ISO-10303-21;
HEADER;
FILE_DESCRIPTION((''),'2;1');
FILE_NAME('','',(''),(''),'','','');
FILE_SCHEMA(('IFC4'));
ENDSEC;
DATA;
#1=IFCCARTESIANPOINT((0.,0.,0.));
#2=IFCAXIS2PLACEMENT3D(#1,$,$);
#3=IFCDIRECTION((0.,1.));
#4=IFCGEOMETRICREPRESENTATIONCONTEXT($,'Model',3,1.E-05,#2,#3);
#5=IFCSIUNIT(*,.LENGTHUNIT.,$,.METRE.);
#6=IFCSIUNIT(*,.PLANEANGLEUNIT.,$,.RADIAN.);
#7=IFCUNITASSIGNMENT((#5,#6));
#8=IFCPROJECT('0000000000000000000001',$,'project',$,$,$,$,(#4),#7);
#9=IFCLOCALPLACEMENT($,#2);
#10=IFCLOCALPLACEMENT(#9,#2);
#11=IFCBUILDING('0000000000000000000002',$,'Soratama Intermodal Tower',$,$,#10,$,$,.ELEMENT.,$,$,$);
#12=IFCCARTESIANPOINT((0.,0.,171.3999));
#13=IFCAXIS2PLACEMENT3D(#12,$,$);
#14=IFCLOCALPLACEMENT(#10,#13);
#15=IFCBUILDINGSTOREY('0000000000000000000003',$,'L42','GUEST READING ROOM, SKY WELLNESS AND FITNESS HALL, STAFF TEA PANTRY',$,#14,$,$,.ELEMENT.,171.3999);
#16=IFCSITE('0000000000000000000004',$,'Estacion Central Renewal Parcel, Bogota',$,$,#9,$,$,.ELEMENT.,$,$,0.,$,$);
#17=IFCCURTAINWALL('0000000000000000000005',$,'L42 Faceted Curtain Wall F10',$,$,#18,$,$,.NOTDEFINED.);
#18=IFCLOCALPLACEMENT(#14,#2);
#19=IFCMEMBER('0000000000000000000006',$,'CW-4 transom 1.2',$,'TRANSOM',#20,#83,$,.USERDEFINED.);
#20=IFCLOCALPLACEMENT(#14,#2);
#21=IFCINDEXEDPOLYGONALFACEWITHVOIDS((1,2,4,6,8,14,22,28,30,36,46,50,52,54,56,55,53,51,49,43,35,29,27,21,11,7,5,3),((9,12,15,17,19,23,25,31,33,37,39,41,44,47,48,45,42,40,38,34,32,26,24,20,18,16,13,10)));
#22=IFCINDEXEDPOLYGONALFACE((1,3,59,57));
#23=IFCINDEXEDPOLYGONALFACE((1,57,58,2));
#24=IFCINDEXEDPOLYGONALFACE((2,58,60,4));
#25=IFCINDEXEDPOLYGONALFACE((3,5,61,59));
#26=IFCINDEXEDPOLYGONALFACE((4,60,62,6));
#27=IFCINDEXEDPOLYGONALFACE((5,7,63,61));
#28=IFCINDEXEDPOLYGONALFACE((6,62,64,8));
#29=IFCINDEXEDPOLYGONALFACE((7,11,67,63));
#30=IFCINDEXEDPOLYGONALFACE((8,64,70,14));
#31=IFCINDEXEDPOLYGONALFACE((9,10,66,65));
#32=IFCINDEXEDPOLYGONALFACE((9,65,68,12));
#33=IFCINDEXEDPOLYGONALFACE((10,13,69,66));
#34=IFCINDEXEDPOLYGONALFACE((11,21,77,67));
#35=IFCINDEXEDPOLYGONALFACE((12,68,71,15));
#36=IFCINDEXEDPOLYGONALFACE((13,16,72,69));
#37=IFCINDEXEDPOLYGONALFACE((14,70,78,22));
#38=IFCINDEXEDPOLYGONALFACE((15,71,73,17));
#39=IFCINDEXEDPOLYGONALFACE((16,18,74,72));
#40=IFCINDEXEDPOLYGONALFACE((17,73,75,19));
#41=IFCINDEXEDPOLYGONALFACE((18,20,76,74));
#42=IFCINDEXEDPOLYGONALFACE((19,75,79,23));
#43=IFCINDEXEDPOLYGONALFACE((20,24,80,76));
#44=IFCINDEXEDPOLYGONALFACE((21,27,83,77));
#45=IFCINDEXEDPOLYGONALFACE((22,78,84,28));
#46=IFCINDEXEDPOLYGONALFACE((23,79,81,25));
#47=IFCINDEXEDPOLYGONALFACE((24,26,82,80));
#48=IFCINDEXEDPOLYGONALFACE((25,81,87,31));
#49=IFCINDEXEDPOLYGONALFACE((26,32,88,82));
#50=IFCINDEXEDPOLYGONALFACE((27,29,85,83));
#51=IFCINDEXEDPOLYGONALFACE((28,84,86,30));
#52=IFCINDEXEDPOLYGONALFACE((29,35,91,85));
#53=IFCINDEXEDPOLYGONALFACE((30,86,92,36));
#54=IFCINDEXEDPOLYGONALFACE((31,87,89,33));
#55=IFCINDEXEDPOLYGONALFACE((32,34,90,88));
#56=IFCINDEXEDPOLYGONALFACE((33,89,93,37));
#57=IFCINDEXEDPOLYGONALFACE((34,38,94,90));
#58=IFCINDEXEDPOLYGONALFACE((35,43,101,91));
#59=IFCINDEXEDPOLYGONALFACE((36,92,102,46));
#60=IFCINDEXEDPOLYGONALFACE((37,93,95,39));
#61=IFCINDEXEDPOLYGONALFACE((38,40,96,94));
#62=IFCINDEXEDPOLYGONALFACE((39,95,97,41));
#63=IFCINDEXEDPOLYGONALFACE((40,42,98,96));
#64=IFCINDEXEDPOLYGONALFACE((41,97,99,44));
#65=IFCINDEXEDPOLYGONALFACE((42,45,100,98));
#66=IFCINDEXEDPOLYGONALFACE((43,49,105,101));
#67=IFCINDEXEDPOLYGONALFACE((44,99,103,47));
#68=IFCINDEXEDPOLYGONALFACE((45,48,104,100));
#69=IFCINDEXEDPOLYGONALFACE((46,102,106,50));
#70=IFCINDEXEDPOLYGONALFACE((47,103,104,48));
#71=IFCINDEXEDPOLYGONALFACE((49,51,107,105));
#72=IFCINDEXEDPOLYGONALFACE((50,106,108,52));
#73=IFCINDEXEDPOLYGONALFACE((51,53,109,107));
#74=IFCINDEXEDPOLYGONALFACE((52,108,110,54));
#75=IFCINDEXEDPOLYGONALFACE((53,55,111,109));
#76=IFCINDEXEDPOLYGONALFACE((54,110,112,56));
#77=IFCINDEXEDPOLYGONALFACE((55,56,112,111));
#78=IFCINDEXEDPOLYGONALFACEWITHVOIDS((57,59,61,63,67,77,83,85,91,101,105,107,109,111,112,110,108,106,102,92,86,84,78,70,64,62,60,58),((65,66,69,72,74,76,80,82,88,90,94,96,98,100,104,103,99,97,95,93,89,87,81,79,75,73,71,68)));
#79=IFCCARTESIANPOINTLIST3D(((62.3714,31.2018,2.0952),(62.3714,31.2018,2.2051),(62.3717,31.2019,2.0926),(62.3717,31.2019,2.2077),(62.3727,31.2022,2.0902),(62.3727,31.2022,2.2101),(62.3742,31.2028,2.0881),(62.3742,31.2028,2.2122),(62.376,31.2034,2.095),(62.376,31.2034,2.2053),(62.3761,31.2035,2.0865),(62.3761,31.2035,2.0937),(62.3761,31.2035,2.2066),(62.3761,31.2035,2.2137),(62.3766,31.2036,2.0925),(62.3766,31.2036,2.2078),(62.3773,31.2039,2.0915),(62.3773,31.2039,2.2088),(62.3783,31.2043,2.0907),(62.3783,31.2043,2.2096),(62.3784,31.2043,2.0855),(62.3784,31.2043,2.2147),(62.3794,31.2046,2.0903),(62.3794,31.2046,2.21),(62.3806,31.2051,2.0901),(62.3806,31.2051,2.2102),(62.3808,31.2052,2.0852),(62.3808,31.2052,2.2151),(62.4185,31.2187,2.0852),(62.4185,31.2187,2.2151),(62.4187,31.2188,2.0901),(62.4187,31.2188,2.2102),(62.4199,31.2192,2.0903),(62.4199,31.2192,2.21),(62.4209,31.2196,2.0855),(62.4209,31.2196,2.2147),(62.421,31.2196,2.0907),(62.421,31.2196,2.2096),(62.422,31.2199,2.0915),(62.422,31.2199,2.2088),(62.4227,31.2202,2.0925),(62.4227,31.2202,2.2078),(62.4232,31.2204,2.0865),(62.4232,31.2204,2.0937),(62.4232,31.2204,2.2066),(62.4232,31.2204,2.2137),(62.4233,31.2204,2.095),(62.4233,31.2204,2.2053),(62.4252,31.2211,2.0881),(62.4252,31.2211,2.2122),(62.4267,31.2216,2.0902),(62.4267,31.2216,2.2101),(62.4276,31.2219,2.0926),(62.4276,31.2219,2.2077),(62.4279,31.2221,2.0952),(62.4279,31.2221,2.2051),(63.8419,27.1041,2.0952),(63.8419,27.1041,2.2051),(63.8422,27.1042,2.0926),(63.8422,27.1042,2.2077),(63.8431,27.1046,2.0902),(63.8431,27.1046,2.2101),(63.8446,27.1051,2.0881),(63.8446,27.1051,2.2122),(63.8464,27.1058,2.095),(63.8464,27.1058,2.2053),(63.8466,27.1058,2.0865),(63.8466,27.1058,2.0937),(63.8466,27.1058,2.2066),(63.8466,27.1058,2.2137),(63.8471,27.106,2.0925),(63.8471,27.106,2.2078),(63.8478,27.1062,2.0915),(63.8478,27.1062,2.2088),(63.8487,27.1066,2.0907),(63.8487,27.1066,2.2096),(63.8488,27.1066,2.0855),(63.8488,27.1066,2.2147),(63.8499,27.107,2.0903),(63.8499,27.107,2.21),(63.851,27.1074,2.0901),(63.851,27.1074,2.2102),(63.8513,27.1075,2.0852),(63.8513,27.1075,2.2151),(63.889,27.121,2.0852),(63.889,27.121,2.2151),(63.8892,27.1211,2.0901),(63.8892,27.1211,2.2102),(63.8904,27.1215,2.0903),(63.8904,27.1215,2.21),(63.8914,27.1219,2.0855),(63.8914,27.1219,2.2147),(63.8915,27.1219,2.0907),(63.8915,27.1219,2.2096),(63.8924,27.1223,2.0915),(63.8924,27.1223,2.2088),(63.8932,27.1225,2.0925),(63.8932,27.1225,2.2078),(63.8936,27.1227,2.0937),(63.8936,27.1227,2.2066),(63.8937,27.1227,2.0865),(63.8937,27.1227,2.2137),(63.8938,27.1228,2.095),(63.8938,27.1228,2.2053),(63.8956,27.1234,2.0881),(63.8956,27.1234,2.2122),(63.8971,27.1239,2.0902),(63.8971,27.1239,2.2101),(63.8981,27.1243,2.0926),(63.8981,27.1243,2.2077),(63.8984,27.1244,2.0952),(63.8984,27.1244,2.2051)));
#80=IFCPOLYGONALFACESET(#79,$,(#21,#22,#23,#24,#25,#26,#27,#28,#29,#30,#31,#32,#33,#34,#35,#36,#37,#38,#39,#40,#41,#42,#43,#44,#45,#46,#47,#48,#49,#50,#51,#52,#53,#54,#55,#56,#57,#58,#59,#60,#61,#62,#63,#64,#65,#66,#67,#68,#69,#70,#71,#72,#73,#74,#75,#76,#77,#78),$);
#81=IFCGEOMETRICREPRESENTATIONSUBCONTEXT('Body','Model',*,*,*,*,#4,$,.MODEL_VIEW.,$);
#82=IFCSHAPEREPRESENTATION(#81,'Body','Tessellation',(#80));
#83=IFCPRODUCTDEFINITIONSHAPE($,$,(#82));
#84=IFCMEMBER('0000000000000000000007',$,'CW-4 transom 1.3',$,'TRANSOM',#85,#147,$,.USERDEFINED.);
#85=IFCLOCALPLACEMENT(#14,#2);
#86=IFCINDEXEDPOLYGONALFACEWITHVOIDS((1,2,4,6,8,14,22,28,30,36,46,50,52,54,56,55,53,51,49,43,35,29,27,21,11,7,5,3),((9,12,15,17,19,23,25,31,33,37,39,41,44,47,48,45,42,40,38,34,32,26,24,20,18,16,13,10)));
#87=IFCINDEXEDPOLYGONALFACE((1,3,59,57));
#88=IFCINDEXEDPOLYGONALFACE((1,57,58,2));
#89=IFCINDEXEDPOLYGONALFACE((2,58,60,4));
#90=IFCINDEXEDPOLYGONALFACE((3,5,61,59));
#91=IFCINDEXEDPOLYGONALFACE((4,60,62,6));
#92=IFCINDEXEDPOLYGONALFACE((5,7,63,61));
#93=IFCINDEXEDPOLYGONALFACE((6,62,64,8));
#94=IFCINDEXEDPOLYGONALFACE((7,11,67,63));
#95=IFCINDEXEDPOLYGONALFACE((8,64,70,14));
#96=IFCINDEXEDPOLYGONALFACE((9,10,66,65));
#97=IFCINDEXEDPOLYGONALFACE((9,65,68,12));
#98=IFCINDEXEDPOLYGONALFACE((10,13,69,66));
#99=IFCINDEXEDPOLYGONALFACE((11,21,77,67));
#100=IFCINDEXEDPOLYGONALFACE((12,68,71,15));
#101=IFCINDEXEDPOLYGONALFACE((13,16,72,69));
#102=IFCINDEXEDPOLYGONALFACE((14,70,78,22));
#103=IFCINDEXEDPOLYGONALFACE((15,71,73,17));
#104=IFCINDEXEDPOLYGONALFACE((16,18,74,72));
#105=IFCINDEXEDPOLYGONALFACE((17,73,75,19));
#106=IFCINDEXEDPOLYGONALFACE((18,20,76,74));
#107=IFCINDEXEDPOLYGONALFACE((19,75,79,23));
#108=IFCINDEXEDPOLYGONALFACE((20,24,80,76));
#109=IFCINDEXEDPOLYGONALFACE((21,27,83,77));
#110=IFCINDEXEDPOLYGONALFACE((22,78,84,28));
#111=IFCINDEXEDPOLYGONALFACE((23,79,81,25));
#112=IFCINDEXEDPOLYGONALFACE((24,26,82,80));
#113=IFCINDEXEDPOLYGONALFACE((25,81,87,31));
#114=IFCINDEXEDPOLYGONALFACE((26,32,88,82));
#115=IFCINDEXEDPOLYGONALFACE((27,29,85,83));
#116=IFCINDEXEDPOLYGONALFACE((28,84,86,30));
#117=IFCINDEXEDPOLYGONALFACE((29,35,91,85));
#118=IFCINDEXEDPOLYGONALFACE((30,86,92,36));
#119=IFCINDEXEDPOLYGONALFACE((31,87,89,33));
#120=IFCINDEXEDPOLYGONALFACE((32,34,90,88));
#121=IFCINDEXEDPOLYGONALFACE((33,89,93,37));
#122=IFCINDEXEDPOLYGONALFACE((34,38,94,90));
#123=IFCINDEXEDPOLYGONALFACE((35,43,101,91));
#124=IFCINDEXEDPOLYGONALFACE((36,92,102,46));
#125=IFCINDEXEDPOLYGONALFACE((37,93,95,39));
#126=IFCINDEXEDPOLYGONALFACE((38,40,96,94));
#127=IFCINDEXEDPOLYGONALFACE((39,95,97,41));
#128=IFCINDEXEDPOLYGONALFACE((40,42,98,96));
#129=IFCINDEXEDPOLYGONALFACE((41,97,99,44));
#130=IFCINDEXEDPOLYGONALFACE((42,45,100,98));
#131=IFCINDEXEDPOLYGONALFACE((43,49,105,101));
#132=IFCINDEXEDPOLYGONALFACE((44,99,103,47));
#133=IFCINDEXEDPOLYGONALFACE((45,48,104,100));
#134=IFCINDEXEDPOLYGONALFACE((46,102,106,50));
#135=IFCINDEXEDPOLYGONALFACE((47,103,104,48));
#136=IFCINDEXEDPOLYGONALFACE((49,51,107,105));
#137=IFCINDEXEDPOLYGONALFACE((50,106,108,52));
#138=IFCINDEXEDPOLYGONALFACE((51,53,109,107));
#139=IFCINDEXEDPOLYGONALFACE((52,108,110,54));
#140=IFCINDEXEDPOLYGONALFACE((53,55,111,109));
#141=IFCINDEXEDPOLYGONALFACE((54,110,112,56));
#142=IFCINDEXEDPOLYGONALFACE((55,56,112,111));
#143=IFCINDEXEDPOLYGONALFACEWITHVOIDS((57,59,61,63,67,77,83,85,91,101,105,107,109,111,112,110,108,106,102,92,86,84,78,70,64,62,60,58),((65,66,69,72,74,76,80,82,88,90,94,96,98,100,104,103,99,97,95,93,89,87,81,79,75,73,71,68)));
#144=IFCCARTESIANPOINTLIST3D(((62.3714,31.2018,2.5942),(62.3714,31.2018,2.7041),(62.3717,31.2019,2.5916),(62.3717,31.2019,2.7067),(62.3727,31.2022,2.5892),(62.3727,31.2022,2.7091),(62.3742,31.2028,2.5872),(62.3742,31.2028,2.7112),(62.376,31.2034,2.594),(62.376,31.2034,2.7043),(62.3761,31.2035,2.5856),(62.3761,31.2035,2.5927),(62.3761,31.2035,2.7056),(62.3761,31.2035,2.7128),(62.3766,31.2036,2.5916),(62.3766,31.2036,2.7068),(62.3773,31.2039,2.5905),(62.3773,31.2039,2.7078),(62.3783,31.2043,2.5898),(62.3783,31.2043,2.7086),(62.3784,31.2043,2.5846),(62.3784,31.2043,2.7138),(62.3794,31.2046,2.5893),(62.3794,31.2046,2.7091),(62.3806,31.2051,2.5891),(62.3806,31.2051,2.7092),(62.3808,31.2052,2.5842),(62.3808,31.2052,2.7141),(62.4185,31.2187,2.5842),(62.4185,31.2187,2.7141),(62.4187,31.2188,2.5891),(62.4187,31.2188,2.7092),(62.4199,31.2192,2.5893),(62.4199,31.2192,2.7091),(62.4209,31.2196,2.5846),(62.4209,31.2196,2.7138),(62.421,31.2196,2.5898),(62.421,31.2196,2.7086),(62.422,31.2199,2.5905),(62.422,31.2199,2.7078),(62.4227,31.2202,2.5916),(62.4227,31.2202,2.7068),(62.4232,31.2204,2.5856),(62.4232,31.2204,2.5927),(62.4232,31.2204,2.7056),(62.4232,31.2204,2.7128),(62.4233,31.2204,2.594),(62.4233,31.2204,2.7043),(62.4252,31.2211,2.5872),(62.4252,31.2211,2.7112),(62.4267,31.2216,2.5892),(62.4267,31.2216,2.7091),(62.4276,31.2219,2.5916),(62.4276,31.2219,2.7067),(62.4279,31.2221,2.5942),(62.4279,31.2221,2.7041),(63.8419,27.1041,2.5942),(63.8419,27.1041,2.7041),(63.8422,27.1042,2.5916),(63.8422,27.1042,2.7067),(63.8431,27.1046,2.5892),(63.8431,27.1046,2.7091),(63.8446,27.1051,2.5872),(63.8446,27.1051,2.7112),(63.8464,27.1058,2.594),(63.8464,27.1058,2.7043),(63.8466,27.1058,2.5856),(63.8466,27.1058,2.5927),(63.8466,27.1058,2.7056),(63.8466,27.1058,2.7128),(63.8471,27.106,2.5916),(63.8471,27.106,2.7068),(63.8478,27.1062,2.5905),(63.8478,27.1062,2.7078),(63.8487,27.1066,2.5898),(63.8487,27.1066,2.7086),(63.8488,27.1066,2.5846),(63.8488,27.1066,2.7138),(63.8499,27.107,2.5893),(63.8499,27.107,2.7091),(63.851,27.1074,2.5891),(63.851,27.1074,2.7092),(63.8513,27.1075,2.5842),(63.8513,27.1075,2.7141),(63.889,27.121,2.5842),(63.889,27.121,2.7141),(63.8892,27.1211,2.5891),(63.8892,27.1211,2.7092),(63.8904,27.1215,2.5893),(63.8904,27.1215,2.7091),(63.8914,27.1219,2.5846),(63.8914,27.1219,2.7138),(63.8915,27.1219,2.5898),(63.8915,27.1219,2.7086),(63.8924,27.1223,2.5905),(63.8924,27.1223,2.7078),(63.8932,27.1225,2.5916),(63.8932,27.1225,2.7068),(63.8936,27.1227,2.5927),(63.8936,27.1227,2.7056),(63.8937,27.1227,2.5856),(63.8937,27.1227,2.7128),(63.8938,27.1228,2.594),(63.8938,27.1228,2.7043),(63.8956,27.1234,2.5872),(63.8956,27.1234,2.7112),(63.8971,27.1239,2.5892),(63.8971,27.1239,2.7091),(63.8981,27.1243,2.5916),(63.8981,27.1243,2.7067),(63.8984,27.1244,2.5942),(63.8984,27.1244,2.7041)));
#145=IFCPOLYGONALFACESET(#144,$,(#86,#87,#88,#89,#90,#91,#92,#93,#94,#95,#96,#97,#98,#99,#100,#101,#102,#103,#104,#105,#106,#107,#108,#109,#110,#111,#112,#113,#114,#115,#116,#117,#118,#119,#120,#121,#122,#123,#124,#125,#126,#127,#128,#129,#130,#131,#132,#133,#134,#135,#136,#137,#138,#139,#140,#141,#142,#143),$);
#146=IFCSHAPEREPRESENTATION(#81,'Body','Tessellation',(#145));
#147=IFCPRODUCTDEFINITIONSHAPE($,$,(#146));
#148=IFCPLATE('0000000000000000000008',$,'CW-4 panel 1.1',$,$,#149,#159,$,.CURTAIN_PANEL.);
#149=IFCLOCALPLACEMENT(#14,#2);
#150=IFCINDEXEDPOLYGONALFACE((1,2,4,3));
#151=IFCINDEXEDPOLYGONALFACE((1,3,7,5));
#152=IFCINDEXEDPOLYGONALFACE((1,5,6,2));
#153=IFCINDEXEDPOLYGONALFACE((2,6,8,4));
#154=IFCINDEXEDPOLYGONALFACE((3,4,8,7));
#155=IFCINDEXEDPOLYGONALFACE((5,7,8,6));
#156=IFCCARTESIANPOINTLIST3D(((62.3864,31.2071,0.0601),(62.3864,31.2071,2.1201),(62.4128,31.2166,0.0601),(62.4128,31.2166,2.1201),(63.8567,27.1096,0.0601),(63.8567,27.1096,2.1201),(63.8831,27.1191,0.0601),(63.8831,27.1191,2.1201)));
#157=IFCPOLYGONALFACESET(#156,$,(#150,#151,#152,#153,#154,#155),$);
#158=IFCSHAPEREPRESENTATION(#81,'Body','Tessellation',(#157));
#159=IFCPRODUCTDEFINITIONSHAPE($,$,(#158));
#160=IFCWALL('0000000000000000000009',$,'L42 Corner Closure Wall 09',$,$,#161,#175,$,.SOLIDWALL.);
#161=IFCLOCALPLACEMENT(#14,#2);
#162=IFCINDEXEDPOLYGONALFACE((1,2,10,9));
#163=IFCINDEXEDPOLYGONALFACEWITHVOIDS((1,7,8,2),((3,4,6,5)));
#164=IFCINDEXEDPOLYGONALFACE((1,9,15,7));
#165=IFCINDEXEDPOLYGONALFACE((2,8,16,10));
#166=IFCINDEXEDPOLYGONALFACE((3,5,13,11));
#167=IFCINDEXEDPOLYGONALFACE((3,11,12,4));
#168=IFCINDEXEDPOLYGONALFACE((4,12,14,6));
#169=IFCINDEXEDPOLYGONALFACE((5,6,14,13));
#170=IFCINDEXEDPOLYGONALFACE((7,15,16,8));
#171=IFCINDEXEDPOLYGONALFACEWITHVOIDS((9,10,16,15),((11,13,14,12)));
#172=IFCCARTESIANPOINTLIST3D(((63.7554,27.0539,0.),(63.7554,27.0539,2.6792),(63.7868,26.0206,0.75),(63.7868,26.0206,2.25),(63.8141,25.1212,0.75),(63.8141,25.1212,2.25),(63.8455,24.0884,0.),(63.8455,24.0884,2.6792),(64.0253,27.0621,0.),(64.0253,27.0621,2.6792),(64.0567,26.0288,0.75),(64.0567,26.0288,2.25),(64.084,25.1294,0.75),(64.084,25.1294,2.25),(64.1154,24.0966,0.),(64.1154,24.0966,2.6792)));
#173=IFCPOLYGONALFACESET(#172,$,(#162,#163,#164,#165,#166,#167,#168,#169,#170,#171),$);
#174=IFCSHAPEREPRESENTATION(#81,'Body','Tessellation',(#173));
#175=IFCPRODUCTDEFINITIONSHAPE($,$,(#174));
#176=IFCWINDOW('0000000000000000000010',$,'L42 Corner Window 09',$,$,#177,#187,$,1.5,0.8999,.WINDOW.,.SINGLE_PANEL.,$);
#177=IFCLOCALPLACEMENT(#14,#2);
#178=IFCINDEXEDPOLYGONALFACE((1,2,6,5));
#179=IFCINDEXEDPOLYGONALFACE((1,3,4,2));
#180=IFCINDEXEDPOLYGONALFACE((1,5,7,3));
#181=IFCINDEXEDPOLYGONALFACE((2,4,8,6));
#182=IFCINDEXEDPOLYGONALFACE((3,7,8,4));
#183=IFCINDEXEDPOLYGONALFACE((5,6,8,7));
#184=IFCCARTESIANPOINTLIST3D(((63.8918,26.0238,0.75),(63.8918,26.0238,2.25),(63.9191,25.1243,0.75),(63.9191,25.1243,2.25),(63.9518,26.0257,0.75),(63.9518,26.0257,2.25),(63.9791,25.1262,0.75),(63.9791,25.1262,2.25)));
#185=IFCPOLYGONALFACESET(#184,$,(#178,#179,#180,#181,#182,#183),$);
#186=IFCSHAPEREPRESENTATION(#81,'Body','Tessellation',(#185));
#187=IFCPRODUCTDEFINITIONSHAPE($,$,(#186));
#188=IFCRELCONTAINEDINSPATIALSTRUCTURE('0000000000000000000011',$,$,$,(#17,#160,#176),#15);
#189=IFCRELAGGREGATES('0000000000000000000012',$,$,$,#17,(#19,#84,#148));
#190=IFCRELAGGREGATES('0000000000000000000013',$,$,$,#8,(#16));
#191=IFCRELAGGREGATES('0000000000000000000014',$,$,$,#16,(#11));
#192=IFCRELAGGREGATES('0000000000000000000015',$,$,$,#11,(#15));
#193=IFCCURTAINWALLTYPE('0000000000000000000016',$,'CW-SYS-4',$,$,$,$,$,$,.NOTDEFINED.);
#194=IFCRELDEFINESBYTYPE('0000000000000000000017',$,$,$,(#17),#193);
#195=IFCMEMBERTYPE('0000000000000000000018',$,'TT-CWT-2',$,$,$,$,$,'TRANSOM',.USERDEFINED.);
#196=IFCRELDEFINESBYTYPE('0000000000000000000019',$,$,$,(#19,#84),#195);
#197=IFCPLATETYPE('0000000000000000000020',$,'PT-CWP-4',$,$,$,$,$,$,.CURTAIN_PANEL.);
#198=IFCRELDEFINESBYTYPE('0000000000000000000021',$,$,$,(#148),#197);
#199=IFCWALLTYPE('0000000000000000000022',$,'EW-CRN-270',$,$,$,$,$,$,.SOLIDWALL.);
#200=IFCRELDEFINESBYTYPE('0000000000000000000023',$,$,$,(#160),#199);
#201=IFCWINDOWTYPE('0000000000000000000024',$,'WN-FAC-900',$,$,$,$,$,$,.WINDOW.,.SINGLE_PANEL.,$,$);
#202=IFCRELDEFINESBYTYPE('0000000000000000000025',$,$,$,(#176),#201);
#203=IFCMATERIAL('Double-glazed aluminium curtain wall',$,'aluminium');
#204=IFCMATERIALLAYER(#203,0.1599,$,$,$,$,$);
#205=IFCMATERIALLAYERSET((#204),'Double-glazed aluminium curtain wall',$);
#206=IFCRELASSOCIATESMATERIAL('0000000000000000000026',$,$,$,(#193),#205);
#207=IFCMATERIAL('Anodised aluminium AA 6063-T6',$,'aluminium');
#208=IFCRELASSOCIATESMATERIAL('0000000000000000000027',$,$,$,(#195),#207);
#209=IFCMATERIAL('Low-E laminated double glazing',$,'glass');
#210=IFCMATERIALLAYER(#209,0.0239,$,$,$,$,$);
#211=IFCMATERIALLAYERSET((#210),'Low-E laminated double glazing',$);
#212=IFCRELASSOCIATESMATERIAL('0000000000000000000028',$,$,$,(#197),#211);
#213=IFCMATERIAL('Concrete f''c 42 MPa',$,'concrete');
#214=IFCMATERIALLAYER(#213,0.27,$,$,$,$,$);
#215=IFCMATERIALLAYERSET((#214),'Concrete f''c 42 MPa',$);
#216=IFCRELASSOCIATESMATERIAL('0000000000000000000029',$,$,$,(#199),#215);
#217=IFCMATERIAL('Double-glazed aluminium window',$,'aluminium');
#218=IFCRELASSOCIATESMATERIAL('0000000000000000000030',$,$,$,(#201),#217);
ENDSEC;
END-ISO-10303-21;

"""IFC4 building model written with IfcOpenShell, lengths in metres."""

from ifc_helpers import new_model, si_unit, direction, frame, frame_2d, origin, origin_2d, place, context, subcontext, project, spatial, rectangle, hollow_rectangle, extrude, material, layer, layer_set, material_profile, profile_set, type_object, element, fill, aggregate, save


model = new_model("IFC4")

# Units and contexts
model_context = context("Model", 3, precision=1e-05, world=origin(), true_north=direction((0.0, 1.0)))
body_context = subcontext(model_context, "Body", "Model", "MODEL_VIEW")
ifc_project = project(units=[si_unit("LENGTHUNIT", "METRE"), si_unit("PLANEANGLEUNIT", "RADIAN")], contexts=[model_context])

# Site, building, storey
site_placement = place(None, origin())
site = spatial("IfcSite", under=ifc_project, at=site_placement, Name="Estacion Central Renewal Parcel, Bogota", CompositionType="ELEMENT", RefElevation=0.0)
building_placement = place(site_placement, origin())
building = spatial("IfcBuilding", under=site, at=building_placement, Name="Soratama Intermodal Tower", CompositionType="ELEMENT")
storey_placement = place(building_placement, frame((0.0, 0.0, 171.3999)))
storey = spatial("IfcBuildingStorey", under=building, at=storey_placement, Name="L42", Description="GUEST READING ROOM, SKY WELLNESS AND FITNESS HALL, STAFF TEA PANTRY", CompositionType="ELEMENT", Elevation=171.3999)

# Curtain wall, members, plate
ifc_material_1 = material(Name="Double-glazed aluminium curtain wall", Category="aluminium")
ifc_layer_1 = layer(ifc_material_1, 0.1599)
ifc_layer_set_1 = layer_set([ifc_layer_1], Name="Double-glazed aluminium curtain wall")
curtain_wall_type = type_object("IfcCurtainWallType", Name="CW-SYS-4", PredefinedType="NOTDEFINED", material=ifc_layer_set_1)
curtain_wall_placement = place(storey_placement, origin())
curtain_wall = element("IfcCurtainWall", 1, at=curtain_wall_placement, inside=storey, type_object=curtain_wall_type, Name="L42 Faceted Curtain Wall F10", PredefinedType="NOTDEFINED")
ifc_material_2 = material(Name="Anodised aluminium AA 6063-T6", Category="aluminium")
ifc_material_profile_1 = material_profile(ifc_material_2, hollow_rectangle(XDim=0.0601, YDim=0.1299, WallThickness=0.0049, InnerFilletRadius=0.0049, OuterFilletRadius=0.01, at=origin_2d()), Name="CWT130X60X5")
ifc_profile_set_1 = profile_set([ifc_material_profile_1], Name="Anodised aluminium AA 6063-T6")
member_type_1 = type_object("IfcMemberType", Name="TT-CWT-2", ElementType="TRANSOM", PredefinedType="USERDEFINED", material=ifc_profile_set_1)
member_1_placement = place(storey_placement, frame((63.8701, 27.1143, 2.1501), z_axis=(-0.337764, 0.941231, 0.0), x_axis=(-0.941231, -0.337764, 0.0)))
member_1 = element("IfcMember", 2, at=member_1_placement, type_object=member_type_1, Name="CW-4 transom 1.2", ObjectType="TRANSOM", PredefinedType="USERDEFINED", context=body_context, shape_type="SweptSolid", body=[
    extrude(hollow_rectangle(XDim=0.0601, YDim=0.1299, WallThickness=0.0049, InnerFilletRadius=0.0049, OuterFilletRadius=0.01, at=origin_2d()), origin(), (0.0, 0.0, 1.0), 4.3535),
])
member_2_placement = place(storey_placement, frame((63.8701, 27.1143, 2.6492), z_axis=(-0.337764, 0.941231, 0.0), x_axis=(-0.941231, -0.337764, 0.0)))
member_2 = element("IfcMember", 3, at=member_2_placement, type_object=member_type_1, Name="CW-4 transom 1.3", ObjectType="TRANSOM", PredefinedType="USERDEFINED", context=body_context, shape_type="SweptSolid", body=[
    extrude(hollow_rectangle(XDim=0.0601, YDim=0.1299, WallThickness=0.0049, InnerFilletRadius=0.0049, OuterFilletRadius=0.01, at=origin_2d()), origin(), (0.0, 0.0, 1.0), 4.3535),
])
ifc_material_3 = material(Name="Low-E laminated double glazing", Category="glass")
ifc_layer_2 = layer(ifc_material_3, 0.0239)
ifc_layer_set_2 = layer_set([ifc_layer_2], Name="Low-E laminated double glazing")
plate_type = type_object("IfcPlateType", Name="PT-CWP-4", PredefinedType="CURTAIN_PANEL", material=ifc_layer_set_2)
plate_placement = place(storey_placement, frame((63.1348, 29.1631, 0.0601), z_axis=(0.0, 0.0, 1.0), x_axis=(-0.337751, 0.941235, 0.0)))
plate = element("IfcPlate", 4, at=plate_placement, type_object=plate_type, Name="CW-4 panel 1.1", PredefinedType="CURTAIN_PANEL", context=body_context, shape_type="SweptSolid", body=[
    extrude(rectangle(XDim=4.3533, YDim=0.0281, at=origin_2d()), origin(), (0.0, 0.0, 1.0), 2.0601),
])
aggregate(curtain_wall, [member_1, member_2, plate])

# Wall, opening, window
ifc_material_4 = material(Name="Concrete f'c 42 MPa", Category="concrete")
ifc_layer_3 = layer(ifc_material_4, 0.27)
ifc_layer_set_3 = layer_set([ifc_layer_3], Name="Concrete f'c 42 MPa")
wall_type_1 = type_object("IfcWallType", Name="EW-CRN-270", PredefinedType="SOLIDWALL", material=ifc_layer_set_3)
wall_1_placement = place(storey_placement, frame((63.9805, 24.0925, 0.0), z_axis=(0.0, 0.0, 1.0), x_axis=(-0.030366, 0.999539, 0.0)))
wall_1 = element("IfcWall", 5, at=wall_1_placement, inside=storey, type_object=wall_type_1, Name="L42 Corner Closure Wall 09", PredefinedType="SOLIDWALL", context=body_context, shape_type="SweptSolid", body=[
    extrude(rectangle(XDim=2.9668, YDim=0.27, at=frame_2d((1.4834, 0.0))), origin(), (0.0, 0.0, 1.0), 2.6792),
])
opening_1_placement = place(wall_1_placement, frame((1.0332, 0.0, 0.75)))
opening_1 = element("IfcOpeningElement", 6, at=opening_1_placement, cuts=wall_1, PredefinedType="OPENING", context=body_context, shape_type="SweptSolid", body=[
    extrude(rectangle(XDim=0.8999, YDim=1.5, at=frame_2d((0.45, 0.75))), frame((0.0, 0.145, 0.0), z_axis=(0.0, -1.0, 0.0), x_axis=(1.0, 0.0, 0.0)), (0.0, 0.0, 1.0), 0.29),
])
ifc_material_5 = material(Name="Double-glazed aluminium window", Category="aluminium")
window_type_1 = type_object("IfcWindowType", Name="WN-FAC-900", PartitioningType="SINGLE_PANEL", PredefinedType="WINDOW", material=ifc_material_5)
window_1_placement = place(opening_1_placement, origin())
window_1 = element("IfcWindow", 7, at=window_1_placement, inside=storey, type_object=window_type_1, Name="L42 Corner Window 09", OverallHeight=1.5, OverallWidth=0.8999, PartitioningType="SINGLE_PANEL", PredefinedType="WINDOW", context=body_context, shape_type="SweptSolid", body=[
    extrude(rectangle(XDim=0.8999, YDim=1.5, at=frame_2d((0.45, 0.75))), frame((0.0, 0.03, 0.0), z_axis=(0.0, -1.0, 0.0), x_axis=(1.0, 0.0, 0.0)), (0.0, 0.0, 1.0), 0.0601),
])
fill(opening_1, window_1)

save(model, "model.ifc")
